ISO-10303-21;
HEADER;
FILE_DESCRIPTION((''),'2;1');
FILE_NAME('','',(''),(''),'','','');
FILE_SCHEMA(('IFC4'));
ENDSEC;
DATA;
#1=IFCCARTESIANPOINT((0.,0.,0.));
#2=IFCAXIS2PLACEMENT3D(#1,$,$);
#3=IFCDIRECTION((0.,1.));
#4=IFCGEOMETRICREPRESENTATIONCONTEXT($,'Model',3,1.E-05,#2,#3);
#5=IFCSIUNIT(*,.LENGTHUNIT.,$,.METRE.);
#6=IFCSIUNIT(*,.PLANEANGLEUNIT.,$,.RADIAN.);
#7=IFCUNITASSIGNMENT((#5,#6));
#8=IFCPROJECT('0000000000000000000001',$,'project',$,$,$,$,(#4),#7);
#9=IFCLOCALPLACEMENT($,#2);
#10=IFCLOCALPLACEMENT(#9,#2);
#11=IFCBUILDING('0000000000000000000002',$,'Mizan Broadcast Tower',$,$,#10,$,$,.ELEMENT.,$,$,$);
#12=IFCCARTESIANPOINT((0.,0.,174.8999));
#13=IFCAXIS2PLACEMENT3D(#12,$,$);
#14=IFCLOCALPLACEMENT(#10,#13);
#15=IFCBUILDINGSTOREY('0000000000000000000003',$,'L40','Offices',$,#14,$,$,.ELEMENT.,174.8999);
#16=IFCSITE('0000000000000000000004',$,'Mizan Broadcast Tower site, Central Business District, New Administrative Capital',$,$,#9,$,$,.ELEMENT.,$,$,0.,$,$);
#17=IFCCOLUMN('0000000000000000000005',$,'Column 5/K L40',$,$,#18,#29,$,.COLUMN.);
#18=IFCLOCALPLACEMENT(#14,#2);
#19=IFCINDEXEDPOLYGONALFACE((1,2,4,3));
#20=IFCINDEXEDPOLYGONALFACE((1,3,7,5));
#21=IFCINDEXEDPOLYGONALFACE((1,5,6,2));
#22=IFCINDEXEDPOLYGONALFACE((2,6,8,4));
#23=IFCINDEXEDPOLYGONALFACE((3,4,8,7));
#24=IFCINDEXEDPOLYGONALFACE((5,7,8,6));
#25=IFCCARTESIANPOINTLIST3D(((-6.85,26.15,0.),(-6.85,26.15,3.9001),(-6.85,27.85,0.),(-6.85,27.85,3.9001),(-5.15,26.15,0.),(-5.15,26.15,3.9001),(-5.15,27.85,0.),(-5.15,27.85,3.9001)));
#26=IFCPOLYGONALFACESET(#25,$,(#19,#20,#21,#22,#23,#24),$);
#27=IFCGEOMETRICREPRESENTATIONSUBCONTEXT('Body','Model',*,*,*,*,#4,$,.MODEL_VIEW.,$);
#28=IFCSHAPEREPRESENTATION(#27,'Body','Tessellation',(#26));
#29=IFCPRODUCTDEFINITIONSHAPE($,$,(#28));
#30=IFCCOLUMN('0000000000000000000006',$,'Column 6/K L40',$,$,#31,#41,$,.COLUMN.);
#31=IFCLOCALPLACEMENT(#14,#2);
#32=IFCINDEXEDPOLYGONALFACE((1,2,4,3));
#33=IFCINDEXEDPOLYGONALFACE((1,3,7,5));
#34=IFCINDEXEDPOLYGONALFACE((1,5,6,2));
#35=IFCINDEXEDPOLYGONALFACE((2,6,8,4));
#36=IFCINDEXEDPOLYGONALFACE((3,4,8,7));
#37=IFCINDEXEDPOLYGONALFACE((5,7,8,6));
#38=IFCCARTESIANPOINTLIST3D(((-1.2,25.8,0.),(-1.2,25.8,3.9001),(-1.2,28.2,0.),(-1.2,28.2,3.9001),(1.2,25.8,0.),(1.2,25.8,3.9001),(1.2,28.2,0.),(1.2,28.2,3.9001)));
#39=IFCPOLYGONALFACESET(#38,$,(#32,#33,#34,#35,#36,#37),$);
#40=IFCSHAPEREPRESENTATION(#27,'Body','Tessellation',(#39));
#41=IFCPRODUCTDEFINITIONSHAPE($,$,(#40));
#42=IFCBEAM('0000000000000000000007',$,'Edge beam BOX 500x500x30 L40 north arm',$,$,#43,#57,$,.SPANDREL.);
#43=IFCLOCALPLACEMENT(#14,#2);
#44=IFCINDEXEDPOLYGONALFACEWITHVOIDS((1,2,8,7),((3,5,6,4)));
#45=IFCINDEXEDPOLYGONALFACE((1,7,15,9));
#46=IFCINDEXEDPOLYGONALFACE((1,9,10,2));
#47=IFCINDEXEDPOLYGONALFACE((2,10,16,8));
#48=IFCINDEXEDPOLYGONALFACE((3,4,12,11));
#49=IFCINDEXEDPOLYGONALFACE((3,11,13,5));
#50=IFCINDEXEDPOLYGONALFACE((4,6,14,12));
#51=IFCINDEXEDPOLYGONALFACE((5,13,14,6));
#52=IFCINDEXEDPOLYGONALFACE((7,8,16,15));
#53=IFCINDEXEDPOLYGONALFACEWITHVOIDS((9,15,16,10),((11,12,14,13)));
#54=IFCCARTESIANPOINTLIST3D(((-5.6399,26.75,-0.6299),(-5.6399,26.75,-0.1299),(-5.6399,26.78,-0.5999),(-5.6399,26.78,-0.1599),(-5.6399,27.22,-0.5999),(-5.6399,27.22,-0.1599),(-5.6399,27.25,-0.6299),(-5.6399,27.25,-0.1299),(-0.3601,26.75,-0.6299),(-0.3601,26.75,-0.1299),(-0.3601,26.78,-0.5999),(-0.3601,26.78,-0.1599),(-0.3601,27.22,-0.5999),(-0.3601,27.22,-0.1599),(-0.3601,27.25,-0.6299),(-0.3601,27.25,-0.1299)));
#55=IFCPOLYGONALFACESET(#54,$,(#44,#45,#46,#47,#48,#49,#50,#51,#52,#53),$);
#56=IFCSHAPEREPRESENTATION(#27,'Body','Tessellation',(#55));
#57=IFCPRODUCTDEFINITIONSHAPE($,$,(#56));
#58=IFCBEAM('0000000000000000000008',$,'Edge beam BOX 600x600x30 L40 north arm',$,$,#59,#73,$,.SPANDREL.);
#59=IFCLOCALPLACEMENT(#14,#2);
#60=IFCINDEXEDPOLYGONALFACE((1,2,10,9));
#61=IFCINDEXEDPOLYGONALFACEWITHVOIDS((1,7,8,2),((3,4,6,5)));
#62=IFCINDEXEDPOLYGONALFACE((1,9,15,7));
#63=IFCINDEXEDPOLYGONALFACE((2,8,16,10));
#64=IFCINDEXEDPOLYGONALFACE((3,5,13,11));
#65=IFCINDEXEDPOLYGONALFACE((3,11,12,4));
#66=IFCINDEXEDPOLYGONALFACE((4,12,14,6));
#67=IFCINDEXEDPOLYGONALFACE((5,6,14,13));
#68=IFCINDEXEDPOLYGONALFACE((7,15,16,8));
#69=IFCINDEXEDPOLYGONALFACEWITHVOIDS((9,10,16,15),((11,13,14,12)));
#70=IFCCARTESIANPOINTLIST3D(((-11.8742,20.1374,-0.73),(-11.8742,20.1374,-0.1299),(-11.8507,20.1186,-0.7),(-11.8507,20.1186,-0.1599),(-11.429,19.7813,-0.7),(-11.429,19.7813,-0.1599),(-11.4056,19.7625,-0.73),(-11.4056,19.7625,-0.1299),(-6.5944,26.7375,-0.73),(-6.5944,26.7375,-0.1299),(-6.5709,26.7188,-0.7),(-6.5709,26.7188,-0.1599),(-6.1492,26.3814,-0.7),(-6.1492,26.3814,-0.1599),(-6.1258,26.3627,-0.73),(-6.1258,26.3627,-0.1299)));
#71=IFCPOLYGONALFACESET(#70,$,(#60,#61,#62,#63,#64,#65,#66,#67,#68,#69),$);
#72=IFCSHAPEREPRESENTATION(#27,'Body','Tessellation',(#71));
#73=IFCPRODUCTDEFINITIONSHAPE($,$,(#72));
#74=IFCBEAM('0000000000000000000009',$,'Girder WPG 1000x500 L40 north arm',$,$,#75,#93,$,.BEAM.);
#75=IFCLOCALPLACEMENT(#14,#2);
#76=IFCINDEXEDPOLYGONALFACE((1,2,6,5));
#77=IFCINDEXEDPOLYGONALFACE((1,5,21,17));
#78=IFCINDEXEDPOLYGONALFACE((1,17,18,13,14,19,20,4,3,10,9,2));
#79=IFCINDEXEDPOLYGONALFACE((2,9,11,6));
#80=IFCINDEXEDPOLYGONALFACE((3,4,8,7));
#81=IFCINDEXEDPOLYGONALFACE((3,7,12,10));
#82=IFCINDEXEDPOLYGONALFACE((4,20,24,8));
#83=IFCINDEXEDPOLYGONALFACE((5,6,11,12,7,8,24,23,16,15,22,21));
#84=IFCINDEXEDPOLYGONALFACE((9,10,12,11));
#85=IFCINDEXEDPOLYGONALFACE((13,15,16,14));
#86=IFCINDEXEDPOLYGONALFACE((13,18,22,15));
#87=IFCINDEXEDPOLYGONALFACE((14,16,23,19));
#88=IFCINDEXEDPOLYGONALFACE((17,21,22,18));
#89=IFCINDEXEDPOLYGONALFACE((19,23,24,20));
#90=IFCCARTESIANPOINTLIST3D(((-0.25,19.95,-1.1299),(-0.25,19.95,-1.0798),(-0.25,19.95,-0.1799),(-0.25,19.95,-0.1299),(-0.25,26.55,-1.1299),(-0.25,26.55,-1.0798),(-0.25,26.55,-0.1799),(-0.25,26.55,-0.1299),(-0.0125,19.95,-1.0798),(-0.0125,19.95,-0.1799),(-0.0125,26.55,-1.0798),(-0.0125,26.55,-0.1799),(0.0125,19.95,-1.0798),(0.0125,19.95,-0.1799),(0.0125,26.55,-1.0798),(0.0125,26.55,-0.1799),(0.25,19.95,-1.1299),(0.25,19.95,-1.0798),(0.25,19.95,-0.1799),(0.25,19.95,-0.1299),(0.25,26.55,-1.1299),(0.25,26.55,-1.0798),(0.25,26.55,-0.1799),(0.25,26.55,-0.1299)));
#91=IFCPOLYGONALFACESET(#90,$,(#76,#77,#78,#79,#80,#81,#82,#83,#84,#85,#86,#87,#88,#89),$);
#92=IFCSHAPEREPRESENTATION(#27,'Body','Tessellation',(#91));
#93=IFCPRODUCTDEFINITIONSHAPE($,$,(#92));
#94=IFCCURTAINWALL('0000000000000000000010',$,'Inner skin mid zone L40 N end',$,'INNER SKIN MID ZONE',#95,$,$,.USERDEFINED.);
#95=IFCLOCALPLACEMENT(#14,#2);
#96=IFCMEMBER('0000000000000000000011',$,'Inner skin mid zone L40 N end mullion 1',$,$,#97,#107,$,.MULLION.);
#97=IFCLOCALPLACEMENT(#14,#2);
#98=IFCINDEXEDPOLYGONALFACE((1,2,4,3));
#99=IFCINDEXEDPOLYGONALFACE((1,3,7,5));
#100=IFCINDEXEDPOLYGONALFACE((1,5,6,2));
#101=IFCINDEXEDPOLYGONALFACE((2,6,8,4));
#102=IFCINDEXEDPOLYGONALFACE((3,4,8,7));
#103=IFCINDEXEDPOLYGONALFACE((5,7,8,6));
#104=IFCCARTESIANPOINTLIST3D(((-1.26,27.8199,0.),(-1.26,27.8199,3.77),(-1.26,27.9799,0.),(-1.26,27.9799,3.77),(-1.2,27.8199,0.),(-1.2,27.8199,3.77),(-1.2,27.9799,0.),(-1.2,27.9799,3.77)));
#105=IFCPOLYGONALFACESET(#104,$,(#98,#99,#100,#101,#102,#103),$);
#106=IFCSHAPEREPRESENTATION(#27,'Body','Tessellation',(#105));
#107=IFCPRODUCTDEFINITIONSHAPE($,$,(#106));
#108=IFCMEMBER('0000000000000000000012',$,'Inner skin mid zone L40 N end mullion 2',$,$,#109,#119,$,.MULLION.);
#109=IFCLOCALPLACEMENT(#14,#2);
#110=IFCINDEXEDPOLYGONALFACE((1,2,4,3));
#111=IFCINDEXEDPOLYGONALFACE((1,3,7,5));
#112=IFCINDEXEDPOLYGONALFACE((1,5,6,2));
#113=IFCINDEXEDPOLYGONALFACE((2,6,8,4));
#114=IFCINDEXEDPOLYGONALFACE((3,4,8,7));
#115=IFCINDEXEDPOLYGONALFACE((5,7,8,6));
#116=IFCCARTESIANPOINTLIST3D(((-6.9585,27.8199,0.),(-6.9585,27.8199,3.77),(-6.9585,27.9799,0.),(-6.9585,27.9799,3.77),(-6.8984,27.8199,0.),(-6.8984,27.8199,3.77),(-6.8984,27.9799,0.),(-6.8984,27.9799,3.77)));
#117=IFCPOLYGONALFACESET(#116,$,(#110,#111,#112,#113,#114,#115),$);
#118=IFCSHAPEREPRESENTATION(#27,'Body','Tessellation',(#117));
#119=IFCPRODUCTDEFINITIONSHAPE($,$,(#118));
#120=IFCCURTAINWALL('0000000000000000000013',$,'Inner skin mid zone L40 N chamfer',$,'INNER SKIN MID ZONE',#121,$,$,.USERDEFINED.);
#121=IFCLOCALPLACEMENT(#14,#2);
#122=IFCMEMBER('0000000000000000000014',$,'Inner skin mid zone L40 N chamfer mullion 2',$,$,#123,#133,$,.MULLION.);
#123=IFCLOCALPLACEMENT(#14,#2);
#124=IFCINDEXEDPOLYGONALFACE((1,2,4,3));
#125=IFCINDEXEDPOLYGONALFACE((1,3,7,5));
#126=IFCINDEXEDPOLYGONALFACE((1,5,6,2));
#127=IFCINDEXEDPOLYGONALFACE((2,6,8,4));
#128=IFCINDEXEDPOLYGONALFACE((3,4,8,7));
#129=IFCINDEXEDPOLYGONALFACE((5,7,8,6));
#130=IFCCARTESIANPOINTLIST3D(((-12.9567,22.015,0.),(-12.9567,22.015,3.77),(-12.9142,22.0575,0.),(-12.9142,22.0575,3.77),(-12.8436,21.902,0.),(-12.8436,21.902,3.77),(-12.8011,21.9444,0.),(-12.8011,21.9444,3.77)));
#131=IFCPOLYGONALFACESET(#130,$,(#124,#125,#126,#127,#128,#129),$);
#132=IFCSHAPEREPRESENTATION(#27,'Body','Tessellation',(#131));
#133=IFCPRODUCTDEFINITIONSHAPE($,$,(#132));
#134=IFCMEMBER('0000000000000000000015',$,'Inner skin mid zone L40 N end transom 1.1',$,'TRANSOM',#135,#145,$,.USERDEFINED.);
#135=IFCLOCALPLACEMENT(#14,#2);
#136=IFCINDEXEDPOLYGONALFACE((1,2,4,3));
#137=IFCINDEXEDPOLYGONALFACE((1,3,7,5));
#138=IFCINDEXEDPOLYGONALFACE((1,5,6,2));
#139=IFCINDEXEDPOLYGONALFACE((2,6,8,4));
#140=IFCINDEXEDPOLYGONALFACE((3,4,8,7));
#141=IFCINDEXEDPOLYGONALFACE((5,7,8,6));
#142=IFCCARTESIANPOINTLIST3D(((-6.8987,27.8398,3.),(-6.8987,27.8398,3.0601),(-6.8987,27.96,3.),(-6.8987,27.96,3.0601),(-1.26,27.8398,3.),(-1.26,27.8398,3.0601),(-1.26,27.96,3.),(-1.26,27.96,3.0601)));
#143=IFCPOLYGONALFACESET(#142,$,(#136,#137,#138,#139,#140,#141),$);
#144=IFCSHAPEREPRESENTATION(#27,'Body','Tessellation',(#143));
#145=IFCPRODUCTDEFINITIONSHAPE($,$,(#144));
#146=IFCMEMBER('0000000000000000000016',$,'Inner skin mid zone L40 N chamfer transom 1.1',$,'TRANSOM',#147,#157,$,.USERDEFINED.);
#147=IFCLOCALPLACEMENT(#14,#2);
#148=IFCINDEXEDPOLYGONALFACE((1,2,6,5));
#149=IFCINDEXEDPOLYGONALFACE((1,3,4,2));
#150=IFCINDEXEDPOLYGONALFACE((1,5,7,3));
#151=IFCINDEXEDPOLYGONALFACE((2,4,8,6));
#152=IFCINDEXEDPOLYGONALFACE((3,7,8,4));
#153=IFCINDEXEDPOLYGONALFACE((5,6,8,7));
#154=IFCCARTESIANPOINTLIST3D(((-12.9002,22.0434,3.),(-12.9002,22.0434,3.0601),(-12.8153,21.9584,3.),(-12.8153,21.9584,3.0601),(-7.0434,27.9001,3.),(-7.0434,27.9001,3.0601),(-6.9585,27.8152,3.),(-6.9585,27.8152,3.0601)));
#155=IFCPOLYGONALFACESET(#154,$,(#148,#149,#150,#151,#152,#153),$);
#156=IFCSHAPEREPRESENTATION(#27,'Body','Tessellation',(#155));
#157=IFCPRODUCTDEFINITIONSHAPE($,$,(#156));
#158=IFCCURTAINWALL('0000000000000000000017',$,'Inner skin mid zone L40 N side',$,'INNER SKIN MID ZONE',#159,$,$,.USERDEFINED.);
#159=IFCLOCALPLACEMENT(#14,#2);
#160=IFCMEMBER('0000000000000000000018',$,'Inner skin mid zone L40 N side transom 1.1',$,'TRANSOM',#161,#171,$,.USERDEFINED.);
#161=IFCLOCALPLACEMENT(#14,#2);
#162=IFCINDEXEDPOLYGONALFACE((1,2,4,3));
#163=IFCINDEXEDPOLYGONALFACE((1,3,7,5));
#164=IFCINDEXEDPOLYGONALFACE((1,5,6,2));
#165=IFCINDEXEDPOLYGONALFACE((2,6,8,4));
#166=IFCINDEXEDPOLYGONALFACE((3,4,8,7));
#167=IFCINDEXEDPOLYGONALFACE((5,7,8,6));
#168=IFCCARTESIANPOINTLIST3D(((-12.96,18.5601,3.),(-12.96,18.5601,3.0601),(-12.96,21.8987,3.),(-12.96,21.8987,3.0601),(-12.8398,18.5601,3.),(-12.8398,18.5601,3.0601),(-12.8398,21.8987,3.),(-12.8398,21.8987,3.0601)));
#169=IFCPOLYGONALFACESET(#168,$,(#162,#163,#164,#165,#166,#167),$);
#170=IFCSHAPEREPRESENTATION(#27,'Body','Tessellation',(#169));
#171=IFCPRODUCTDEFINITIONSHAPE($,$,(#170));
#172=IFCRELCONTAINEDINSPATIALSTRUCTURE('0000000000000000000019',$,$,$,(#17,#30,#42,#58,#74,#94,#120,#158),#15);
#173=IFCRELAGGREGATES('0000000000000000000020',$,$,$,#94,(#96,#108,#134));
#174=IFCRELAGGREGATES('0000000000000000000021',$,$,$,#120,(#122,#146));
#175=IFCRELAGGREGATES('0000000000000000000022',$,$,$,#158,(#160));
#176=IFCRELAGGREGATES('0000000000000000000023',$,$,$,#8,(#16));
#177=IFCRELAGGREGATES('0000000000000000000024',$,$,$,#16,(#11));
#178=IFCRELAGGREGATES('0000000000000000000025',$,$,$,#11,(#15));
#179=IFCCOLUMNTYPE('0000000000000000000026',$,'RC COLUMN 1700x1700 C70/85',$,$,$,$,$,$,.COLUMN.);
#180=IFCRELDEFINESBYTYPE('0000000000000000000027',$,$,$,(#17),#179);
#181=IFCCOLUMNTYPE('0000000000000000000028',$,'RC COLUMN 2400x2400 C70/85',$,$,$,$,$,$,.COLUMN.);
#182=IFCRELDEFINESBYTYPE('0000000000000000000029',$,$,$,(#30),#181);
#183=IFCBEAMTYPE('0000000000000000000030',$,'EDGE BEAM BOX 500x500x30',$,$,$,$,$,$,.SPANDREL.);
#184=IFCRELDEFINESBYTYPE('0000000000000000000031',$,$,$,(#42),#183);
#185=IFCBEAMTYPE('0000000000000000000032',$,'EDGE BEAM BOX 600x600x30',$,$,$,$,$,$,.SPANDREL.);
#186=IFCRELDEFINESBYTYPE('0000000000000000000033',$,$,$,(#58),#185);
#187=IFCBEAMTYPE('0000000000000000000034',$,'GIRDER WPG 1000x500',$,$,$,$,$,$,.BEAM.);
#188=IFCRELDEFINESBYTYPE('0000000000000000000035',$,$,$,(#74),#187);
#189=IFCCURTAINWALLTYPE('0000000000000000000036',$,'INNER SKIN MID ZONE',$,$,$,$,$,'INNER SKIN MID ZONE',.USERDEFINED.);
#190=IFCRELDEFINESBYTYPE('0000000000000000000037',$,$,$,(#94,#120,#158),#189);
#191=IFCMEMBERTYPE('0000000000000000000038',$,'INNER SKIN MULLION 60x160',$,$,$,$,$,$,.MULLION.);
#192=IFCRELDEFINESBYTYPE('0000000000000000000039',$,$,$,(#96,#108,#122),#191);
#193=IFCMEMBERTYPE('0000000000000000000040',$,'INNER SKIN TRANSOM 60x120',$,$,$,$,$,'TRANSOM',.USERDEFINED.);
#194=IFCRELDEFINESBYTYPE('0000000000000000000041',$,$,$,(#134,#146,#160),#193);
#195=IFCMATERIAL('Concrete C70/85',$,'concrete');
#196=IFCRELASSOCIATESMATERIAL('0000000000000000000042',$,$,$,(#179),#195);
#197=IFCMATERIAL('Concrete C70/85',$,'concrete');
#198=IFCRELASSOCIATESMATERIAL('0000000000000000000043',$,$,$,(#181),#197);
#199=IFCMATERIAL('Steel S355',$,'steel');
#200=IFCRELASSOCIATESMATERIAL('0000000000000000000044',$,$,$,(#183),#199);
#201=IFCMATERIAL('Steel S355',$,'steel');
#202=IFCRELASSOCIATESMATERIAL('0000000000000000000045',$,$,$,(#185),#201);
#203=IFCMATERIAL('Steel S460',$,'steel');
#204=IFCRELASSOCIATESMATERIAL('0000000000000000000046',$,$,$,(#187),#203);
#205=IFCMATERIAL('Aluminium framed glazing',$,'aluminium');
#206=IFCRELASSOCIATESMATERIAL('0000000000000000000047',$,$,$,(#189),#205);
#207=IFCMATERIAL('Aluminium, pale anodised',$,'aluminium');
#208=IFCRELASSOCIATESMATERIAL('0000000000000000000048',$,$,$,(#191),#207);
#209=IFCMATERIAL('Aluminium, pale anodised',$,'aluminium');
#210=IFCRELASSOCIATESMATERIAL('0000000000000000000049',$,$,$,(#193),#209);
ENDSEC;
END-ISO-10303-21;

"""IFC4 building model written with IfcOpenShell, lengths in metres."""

from ifc_helpers import new_model, si_unit, direction, frame, origin, origin_2d, place, context, subcontext, project, spatial, rectangle, hollow_rectangle, i_section, extrude, material, material_profile, profile_set, type_object, element, aggregate, save


model = new_model("IFC4")

# Units and contexts
model_context = context("Model", 3, precision=1e-05, world=origin(), true_north=direction((0.0, 1.0)))
body_context = subcontext(model_context, "Body", "Model", "MODEL_VIEW")
ifc_project = project(units=[si_unit("LENGTHUNIT", "METRE"), si_unit("PLANEANGLEUNIT", "RADIAN")], contexts=[model_context])

# Site, building, storey
site_placement = place(None, origin())
site = spatial("IfcSite", under=ifc_project, at=site_placement, Name="Mizan Broadcast Tower site, Central Business District, New Administrative Capital", CompositionType="ELEMENT", RefElevation=0.0)
building_placement = place(site_placement, origin())
building = spatial("IfcBuilding", under=site, at=building_placement, Name="Mizan Broadcast Tower", CompositionType="ELEMENT")
storey_placement = place(building_placement, frame((0.0, 0.0, 174.8999)))
storey = spatial("IfcBuildingStorey", under=building, at=storey_placement, Name="L40", Description="Offices", CompositionType="ELEMENT", Elevation=174.8999)

# Columns
ifc_material_1 = material(Name="Concrete C70/85", Category="concrete")
ifc_material_profile_1 = material_profile(ifc_material_1, rectangle(XDim=1.7, YDim=1.7, at=origin_2d()), Name="RC 1700x1700")
ifc_profile_set_1 = profile_set([ifc_material_profile_1], Name="Concrete C70/85")
column_type_1 = type_object("IfcColumnType", Name="RC COLUMN 1700x1700 C70/85", PredefinedType="COLUMN", material=ifc_profile_set_1)
column_1_placement = place(storey_placement, frame((-6.0, 27.0, 0.0), z_axis=(0.0, 0.0, 1.0), x_axis=(1.0, 0.0, 0.0)))
element("IfcColumn", 1, at=column_1_placement, inside=storey, type_object=column_type_1, Name="Column 5/K L40", PredefinedType="COLUMN", context=body_context, shape_type="SweptSolid", body=[
    extrude(rectangle(XDim=1.7, YDim=1.7, at=origin_2d()), origin(), (0.0, 0.0, 1.0), 3.9001),
])
ifc_material_2 = material(Name="Concrete C70/85", Category="concrete")
ifc_material_profile_2 = material_profile(ifc_material_2, rectangle(XDim=2.3999, YDim=2.3999, at=origin_2d()), Name="RC 2400x2400")
ifc_profile_set_2 = profile_set([ifc_material_profile_2], Name="Concrete C70/85")
column_type_2 = type_object("IfcColumnType", Name="RC COLUMN 2400x2400 C70/85", PredefinedType="COLUMN", material=ifc_profile_set_2)
column_2_placement = place(storey_placement, frame((0.0, 27.0, 0.0), z_axis=(0.0, 0.0, 1.0), x_axis=(1.0, 0.0, 0.0)))
element("IfcColumn", 2, at=column_2_placement, inside=storey, type_object=column_type_2, Name="Column 6/K L40", PredefinedType="COLUMN", context=body_context, shape_type="SweptSolid", body=[
    extrude(rectangle(XDim=2.3999, YDim=2.3999, at=origin_2d()), origin(), (0.0, 0.0, 1.0), 3.9001),
])

# Beams
ifc_material_3 = material(Name="Steel S355", Category="steel")
ifc_material_profile_3 = material_profile(ifc_material_3, hollow_rectangle(XDim=0.5, YDim=0.5, WallThickness=0.03, at=origin_2d()), Name="BOX 500x500x30")
ifc_profile_set_3 = profile_set([ifc_material_profile_3], Name="Steel S355")
beam_type_1 = type_object("IfcBeamType", Name="EDGE BEAM BOX 500x500x30", PredefinedType="SPANDREL", material=ifc_profile_set_3)
beam_1_placement = place(storey_placement, frame((-5.6399, 27.0, -0.3799), z_axis=(1.0, 0.0, 0.0), x_axis=(0.0, 1.0, 0.0)))
element("IfcBeam", 3, at=beam_1_placement, inside=storey, type_object=beam_type_1, Name="Edge beam BOX 500x500x30 L40 north arm", PredefinedType="SPANDREL", context=body_context, shape_type="SweptSolid", body=[
    extrude(hollow_rectangle(XDim=0.5, YDim=0.5, WallThickness=0.03, at=origin_2d()), origin(), (0.0, 0.0, 1.0), 5.2798),
])
ifc_material_4 = material(Name="Steel S355", Category="steel")
ifc_material_profile_4 = material_profile(ifc_material_4, hollow_rectangle(XDim=0.6001, YDim=0.6001, WallThickness=0.03, at=origin_2d()), Name="BOX 600x600x30")
ifc_profile_set_4 = profile_set([ifc_material_profile_4], Name="Steel S355")
beam_type_2 = type_object("IfcBeamType", Name="EDGE BEAM BOX 600x600x30", PredefinedType="SPANDREL", material=ifc_profile_set_4)
beam_2_placement = place(storey_placement, frame((-11.6399, 19.95, -0.4299), z_axis=(0.624674, 0.780886, 0.0), x_axis=(-0.780886, 0.624674, 0.0)))
element("IfcBeam", 4, at=beam_2_placement, inside=storey, type_object=beam_type_2, Name="Edge beam BOX 600x600x30 L40 north arm", PredefinedType="SPANDREL", context=body_context, shape_type="SweptSolid", body=[
    extrude(hollow_rectangle(XDim=0.6001, YDim=0.6001, WallThickness=0.03, at=origin_2d()), origin(), (0.0, 0.0, 1.0), 8.4521),
])
ifc_material_5 = material(Name="Steel S460", Category="steel")
ifc_material_profile_5 = material_profile(ifc_material_5, i_section(OverallWidth=0.5, OverallDepth=1.0, WebThickness=0.0249, FlangeThickness=0.05, at=origin_2d()), Name="WPG 1000x500")
ifc_profile_set_5 = profile_set([ifc_material_profile_5], Name="Steel S460")
beam_type_3 = type_object("IfcBeamType", Name="GIRDER WPG 1000x500", PredefinedType="BEAM", material=ifc_profile_set_5)
beam_3_placement = place(storey_placement, frame((0.0, 19.95, -0.6299), z_axis=(0.0, 1.0, 0.0), x_axis=(-1.0, 0.0, 0.0)))
element("IfcBeam", 5, at=beam_3_placement, inside=storey, type_object=beam_type_3, Name="Girder WPG 1000x500 L40 north arm", PredefinedType="BEAM", context=body_context, shape_type="SweptSolid", body=[
    extrude(i_section(OverallWidth=0.5, OverallDepth=1.0, WebThickness=0.0249, FlangeThickness=0.05, at=origin_2d()), origin(), (0.0, 0.0, 1.0), 6.6001),
])

# Curtain wall, members
ifc_material_6 = material(Name="Aluminium framed glazing", Category="aluminium")
curtain_wall_type_1 = type_object("IfcCurtainWallType", Name="INNER SKIN MID ZONE", ElementType="INNER SKIN MID ZONE", PredefinedType="USERDEFINED", material=ifc_material_6)
curtain_wall_1_placement = place(storey_placement, origin())
curtain_wall_1 = element("IfcCurtainWall", 6, at=curtain_wall_1_placement, inside=storey, type_object=curtain_wall_type_1, Name="Inner skin mid zone L40 N end", ObjectType="INNER SKIN MID ZONE", PredefinedType="USERDEFINED")
ifc_material_7 = material(Name="Aluminium, pale anodised", Category="aluminium")
ifc_material_profile_6 = material_profile(ifc_material_7, rectangle(XDim=0.1599, YDim=0.0601, at=origin_2d()), Name="MULLION 160x60")
ifc_profile_set_6 = profile_set([ifc_material_profile_6], Name="Aluminium, pale anodised")
member_type_1 = type_object("IfcMemberType", Name="INNER SKIN MULLION 60x160", PredefinedType="MULLION", material=ifc_profile_set_6)
member_1_placement = place(storey_placement, frame((-1.23, 27.8999, 0.0), z_axis=(0.0, 0.0, 1.0), x_axis=(0.0, -1.0, 0.0)))
member_1 = element("IfcMember", 7, at=member_1_placement, type_object=member_type_1, Name="Inner skin mid zone L40 N end mullion 1", PredefinedType="MULLION", context=body_context, shape_type="SweptSolid", body=[
    extrude(rectangle(XDim=0.1599, YDim=0.0601, at=origin_2d()), origin(), (0.0, 0.0, 1.0), 3.77),
])
member_2_placement = place(storey_placement, frame((-6.9285, 27.8999, 0.0), z_axis=(0.0, 0.0, 1.0), x_axis=(0.0, -1.0, 0.0)))
member_2 = element("IfcMember", 8, at=member_2_placement, type_object=member_type_1, Name="Inner skin mid zone L40 N end mullion 2", PredefinedType="MULLION", context=body_context, shape_type="SweptSolid", body=[
    extrude(rectangle(XDim=0.1599, YDim=0.0601, at=origin_2d()), origin(), (0.0, 0.0, 1.0), 3.77),
])

# Curtain wall, member
curtain_wall_2_placement = place(storey_placement, origin())
curtain_wall_2 = element("IfcCurtainWall", 9, at=curtain_wall_2_placement, inside=storey, type_object=curtain_wall_type_1, Name="Inner skin mid zone L40 N chamfer", ObjectType="INNER SKIN MID ZONE", PredefinedType="USERDEFINED")
member_3_placement = place(storey_placement, frame((-12.8789, 21.9797, 0.0), z_axis=(0.0, 0.0, 1.0), x_axis=(0.707107, -0.707107, 0.0)))
member_3 = element("IfcMember", 10, at=member_3_placement, type_object=member_type_1, Name="Inner skin mid zone L40 N chamfer mullion 2", PredefinedType="MULLION", context=body_context, shape_type="SweptSolid", body=[
    extrude(rectangle(XDim=0.1599, YDim=0.0601, at=origin_2d()), origin(), (0.0, 0.0, 1.0), 3.77),
])

# Members
ifc_material_8 = material(Name="Aluminium, pale anodised", Category="aluminium")
ifc_material_profile_7 = material_profile(ifc_material_8, rectangle(XDim=0.1201, YDim=0.0601, at=origin_2d()), Name="TRANSOM 120x60")
ifc_profile_set_7 = profile_set([ifc_material_profile_7], Name="Aluminium, pale anodised")
member_type_2 = type_object("IfcMemberType", Name="INNER SKIN TRANSOM 60x120", ElementType="TRANSOM", PredefinedType="USERDEFINED", material=ifc_profile_set_7)
member_4_placement = place(storey_placement, frame((-1.26, 27.8999, 3.03), z_axis=(-1.0, 0.0, 0.0), x_axis=(0.0, -1.0, 0.0)))
member_4 = element("IfcMember", 11, at=member_4_placement, type_object=member_type_2, Name="Inner skin mid zone L40 N end transom 1.1", ObjectType="TRANSOM", PredefinedType="USERDEFINED", context=body_context, shape_type="SweptSolid", body=[
    extrude(rectangle(XDim=0.1201, YDim=0.0601, at=origin_2d()), origin(), (0.0, 0.0, 1.0), 5.6387),
])
member_5_placement = place(storey_placement, frame((-7.001, 27.8577, 3.03), z_axis=(-0.707107, -0.707107, 0.0), x_axis=(0.707107, -0.707107, 0.0)))
member_5 = element("IfcMember", 12, at=member_5_placement, type_object=member_type_2, Name="Inner skin mid zone L40 N chamfer transom 1.1", ObjectType="TRANSOM", PredefinedType="USERDEFINED", context=body_context, shape_type="SweptSolid", body=[
    extrude(rectangle(XDim=0.1201, YDim=0.0601, at=origin_2d()), origin(), (0.0, 0.0, 1.0), 8.2827),
])

# Curtain wall, member
curtain_wall_3_placement = place(storey_placement, origin())
curtain_wall_3 = element("IfcCurtainWall", 13, at=curtain_wall_3_placement, inside=storey, type_object=curtain_wall_type_1, Name="Inner skin mid zone L40 N side", ObjectType="INNER SKIN MID ZONE", PredefinedType="USERDEFINED")
member_6_placement = place(storey_placement, frame((-12.8999, 21.8987, 3.03), z_axis=(0.0, -1.0, 0.0), x_axis=(1.0, 0.0, 0.0)))
member_6 = element("IfcMember", 14, at=member_6_placement, type_object=member_type_2, Name="Inner skin mid zone L40 N side transom 1.1", ObjectType="TRANSOM", PredefinedType="USERDEFINED", context=body_context, shape_type="SweptSolid", body=[
    extrude(rectangle(XDim=0.1201, YDim=0.0601, at=origin_2d()), origin(), (0.0, 0.0, 1.0), 3.3386),
])

aggregate(curtain_wall_1, [member_1, member_2, member_4])
aggregate(curtain_wall_2, [member_3, member_5])
aggregate(curtain_wall_3, [member_6])

save(model, "model.ifc")
